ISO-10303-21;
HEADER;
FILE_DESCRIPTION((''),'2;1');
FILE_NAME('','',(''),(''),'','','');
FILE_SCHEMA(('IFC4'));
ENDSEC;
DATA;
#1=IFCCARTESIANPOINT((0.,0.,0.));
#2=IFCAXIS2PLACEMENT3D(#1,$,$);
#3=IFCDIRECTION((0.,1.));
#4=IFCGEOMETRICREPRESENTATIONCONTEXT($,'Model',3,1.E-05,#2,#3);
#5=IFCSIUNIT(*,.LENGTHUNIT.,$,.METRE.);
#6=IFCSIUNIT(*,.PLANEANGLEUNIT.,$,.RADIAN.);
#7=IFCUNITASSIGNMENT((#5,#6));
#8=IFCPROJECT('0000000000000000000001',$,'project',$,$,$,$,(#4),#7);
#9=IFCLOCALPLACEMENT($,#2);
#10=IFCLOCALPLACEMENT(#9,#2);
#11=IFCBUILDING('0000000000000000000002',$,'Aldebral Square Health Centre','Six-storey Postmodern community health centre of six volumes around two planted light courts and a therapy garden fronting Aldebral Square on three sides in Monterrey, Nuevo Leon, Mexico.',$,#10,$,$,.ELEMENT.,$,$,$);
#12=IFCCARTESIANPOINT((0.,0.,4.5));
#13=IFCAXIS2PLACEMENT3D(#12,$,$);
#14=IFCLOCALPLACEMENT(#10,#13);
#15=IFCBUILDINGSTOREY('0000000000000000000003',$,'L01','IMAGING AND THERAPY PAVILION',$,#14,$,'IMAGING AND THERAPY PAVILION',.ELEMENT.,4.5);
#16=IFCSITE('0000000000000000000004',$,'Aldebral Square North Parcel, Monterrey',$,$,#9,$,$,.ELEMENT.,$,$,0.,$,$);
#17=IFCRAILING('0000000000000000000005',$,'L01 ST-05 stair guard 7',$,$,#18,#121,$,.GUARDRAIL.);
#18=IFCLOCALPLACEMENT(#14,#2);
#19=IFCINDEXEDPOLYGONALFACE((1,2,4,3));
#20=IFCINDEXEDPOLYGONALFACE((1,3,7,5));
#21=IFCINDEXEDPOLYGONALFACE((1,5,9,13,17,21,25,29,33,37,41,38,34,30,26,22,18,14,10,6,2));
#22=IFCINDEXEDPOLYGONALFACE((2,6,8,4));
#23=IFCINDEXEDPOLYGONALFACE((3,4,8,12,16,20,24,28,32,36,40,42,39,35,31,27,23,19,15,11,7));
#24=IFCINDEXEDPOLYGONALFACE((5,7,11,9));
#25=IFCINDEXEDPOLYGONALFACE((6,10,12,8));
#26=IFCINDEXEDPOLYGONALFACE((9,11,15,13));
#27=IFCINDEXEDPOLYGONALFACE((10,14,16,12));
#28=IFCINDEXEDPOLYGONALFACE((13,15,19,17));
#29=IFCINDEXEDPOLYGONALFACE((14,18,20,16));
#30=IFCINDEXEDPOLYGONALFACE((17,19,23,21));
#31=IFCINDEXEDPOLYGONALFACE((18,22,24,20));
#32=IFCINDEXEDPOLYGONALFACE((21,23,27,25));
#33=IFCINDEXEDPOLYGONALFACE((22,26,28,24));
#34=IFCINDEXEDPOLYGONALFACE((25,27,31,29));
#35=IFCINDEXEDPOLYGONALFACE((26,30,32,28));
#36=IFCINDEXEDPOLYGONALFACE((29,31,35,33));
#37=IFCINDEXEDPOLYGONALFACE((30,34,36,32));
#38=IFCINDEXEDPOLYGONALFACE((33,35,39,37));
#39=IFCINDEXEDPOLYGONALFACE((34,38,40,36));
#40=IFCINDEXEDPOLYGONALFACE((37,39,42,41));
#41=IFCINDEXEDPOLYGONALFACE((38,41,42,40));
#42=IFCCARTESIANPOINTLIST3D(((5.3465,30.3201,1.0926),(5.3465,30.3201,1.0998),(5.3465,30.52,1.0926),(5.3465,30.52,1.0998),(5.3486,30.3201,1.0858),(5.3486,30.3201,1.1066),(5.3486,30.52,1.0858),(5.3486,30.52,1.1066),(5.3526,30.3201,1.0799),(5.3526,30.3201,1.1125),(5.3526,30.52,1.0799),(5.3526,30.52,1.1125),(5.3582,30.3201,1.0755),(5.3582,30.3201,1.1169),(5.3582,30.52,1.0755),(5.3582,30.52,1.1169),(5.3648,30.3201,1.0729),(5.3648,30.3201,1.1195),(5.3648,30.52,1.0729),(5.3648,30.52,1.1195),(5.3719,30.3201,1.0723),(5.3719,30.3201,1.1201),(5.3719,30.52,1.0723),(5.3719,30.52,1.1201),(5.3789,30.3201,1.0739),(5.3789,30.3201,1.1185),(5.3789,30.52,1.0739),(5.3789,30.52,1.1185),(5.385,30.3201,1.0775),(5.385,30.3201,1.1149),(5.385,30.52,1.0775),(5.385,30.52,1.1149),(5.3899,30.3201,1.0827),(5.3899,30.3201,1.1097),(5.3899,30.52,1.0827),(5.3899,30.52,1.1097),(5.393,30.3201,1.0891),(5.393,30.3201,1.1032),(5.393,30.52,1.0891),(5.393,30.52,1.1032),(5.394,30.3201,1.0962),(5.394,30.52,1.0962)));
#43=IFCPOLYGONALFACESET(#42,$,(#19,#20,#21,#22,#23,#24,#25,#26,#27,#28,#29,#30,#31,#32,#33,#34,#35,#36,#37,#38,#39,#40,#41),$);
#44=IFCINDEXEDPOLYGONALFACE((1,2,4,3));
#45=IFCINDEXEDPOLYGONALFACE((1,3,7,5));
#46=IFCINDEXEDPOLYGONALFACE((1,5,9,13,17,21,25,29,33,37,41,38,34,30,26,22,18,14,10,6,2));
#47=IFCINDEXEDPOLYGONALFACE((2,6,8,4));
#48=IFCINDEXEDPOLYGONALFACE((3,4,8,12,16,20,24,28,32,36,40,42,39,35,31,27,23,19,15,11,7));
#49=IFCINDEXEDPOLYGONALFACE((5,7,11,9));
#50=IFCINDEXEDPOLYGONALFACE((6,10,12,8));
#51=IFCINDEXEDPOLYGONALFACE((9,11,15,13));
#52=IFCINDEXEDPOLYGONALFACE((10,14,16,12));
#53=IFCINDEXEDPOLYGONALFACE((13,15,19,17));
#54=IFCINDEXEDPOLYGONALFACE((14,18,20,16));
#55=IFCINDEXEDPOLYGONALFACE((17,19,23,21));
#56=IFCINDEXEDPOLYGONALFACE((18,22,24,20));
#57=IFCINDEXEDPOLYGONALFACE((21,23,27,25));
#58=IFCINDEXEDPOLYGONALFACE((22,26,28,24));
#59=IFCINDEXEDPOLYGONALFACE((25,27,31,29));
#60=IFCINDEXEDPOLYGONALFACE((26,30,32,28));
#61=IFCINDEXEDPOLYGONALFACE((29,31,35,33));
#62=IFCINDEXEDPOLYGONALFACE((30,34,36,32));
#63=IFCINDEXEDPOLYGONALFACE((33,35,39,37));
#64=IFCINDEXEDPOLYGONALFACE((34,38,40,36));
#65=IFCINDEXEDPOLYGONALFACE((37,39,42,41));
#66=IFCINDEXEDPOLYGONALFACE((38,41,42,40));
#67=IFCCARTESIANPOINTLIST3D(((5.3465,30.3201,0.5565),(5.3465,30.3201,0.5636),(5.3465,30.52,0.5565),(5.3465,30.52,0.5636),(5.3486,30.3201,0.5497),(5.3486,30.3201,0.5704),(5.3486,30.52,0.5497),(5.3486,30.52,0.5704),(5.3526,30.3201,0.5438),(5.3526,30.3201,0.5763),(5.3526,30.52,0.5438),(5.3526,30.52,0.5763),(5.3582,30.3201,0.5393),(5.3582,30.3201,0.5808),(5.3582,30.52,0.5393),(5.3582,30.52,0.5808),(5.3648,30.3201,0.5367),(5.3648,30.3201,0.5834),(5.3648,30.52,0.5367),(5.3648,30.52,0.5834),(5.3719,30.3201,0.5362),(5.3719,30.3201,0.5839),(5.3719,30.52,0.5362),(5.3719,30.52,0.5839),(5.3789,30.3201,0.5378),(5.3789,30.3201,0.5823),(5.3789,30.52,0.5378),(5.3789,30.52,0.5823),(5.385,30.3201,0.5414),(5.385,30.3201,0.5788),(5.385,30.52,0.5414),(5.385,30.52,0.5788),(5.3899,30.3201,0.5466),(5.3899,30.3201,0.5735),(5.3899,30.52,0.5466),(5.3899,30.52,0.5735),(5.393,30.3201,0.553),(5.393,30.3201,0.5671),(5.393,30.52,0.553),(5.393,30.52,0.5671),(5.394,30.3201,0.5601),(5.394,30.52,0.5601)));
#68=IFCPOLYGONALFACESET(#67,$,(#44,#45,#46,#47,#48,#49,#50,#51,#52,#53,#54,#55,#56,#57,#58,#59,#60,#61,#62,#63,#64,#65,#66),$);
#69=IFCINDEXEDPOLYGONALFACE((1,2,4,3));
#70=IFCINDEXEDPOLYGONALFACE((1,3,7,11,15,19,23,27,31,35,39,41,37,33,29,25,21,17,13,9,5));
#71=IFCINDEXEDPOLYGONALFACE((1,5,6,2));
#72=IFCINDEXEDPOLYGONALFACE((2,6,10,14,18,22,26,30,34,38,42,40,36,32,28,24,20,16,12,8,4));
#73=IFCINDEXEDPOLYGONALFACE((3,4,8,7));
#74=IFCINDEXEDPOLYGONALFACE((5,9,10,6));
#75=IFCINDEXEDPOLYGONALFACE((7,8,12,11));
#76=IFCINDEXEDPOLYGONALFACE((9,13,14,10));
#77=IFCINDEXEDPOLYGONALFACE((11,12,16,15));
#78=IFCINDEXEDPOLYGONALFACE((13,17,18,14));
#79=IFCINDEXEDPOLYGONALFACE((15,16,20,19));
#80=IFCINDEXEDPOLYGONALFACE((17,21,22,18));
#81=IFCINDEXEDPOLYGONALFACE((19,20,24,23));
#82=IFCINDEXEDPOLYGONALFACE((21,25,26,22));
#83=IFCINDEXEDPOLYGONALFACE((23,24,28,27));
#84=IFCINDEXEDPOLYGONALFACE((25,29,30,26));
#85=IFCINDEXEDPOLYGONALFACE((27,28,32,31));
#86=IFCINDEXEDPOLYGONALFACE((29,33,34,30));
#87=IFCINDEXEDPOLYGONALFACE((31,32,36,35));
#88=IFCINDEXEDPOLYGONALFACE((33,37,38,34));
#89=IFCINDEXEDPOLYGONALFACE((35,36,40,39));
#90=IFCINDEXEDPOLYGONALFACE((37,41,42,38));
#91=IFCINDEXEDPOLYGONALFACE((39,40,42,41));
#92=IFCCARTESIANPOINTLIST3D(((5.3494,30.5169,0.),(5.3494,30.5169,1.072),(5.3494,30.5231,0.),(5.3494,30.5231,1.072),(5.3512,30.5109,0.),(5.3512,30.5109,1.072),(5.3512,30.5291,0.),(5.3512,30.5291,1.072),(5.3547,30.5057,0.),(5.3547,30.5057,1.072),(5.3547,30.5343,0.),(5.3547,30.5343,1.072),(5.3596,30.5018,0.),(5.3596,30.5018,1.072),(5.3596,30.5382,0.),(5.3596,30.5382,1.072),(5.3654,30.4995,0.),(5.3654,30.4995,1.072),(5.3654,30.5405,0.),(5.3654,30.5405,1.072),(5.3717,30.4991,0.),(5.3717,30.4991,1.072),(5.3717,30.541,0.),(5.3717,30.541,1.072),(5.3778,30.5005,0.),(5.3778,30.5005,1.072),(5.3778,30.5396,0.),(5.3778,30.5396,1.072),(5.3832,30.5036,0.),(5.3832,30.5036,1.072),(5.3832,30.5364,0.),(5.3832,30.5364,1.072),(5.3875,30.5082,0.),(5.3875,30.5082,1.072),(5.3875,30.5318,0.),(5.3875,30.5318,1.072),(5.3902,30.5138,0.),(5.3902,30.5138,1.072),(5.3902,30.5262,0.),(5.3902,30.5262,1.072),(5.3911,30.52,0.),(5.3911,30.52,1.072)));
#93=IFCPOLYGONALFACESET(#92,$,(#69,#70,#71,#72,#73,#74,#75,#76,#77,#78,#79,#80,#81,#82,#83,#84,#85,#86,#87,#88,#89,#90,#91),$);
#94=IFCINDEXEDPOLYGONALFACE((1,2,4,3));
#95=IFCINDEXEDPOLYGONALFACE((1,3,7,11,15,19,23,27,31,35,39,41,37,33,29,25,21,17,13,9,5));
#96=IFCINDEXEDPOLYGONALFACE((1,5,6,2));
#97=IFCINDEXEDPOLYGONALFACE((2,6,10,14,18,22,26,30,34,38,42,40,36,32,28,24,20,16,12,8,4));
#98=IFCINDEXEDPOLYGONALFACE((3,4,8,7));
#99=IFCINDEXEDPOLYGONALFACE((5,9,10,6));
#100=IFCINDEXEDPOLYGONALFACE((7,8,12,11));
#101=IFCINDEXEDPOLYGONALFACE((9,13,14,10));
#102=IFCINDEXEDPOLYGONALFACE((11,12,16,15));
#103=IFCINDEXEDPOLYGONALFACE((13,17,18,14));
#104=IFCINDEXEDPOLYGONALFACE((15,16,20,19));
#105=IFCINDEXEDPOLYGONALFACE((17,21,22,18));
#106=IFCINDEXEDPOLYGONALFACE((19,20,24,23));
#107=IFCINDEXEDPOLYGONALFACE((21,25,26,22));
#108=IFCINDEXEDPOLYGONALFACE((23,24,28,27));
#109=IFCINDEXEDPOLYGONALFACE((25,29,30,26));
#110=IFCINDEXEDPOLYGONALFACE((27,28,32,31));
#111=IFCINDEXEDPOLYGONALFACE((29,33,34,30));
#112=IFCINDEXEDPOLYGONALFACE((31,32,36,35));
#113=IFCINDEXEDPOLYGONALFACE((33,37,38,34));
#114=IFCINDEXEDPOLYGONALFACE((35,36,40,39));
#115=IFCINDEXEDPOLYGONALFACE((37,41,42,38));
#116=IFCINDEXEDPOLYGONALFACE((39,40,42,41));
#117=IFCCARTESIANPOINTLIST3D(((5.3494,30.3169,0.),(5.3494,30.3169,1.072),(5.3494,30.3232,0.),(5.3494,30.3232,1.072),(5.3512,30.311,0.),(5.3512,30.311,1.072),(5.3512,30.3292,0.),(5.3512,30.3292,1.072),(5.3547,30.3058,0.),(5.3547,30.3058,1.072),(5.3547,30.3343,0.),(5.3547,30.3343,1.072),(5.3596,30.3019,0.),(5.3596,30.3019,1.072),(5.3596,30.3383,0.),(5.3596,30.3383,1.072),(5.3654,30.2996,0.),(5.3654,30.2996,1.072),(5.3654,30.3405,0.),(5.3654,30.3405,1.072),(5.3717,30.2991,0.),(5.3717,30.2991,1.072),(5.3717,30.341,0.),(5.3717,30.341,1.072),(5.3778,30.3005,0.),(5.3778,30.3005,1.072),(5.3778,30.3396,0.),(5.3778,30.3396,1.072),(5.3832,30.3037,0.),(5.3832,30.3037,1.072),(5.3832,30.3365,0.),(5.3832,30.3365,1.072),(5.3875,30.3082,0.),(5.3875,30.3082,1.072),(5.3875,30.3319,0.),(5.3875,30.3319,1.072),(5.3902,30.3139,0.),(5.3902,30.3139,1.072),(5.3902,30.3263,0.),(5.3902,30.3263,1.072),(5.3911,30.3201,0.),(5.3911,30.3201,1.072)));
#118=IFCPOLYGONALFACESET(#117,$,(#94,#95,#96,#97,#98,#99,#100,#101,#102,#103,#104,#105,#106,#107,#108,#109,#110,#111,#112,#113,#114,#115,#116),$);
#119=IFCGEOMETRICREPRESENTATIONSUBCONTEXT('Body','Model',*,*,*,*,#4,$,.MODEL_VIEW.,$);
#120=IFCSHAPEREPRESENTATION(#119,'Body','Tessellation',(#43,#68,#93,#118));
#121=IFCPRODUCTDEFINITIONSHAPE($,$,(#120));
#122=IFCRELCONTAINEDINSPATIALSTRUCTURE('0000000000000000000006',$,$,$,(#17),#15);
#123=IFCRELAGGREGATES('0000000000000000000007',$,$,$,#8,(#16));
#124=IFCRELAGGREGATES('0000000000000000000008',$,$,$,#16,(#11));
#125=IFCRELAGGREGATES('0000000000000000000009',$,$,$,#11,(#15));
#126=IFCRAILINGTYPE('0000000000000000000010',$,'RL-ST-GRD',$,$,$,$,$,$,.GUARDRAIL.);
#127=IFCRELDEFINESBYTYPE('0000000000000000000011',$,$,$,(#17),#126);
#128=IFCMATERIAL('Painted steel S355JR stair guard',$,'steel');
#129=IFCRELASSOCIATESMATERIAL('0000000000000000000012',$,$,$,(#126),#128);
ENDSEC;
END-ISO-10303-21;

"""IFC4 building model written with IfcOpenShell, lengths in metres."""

from ifc_helpers import new_model, si_unit, direction, frame, origin, origin_2d, place, context, subcontext, project, spatial, circle, extrude, material, type_object, element, save


model = new_model("IFC4")

# Units and contexts
model_context = context("Model", 3, precision=1e-05, world=origin(), true_north=direction((0.0, 1.0)))
body_context = subcontext(model_context, "Body", "Model", "MODEL_VIEW")
ifc_project = project(units=[si_unit("LENGTHUNIT", "METRE"), si_unit("PLANEANGLEUNIT", "RADIAN")], contexts=[model_context])

# Site, building, storey
site_placement = place(None, origin())
site = spatial("IfcSite", under=ifc_project, at=site_placement, Name="Aldebral Square North Parcel, Monterrey", CompositionType="ELEMENT", RefElevation=0.0)
building_placement = place(site_placement, origin())
building = spatial("IfcBuilding", under=site, at=building_placement, Name="Aldebral Square Health Centre", Description="Six-storey Postmodern community health centre of six volumes around two planted light courts and a therapy garden fronting Aldebral Square on three sides in Monterrey, Nuevo Leon, Mexico.", CompositionType="ELEMENT")
storey_placement = place(building_placement, frame((0.0, 0.0, 4.5)))
storey = spatial("IfcBuildingStorey", under=building, at=storey_placement, Name="L01", Description="IMAGING AND THERAPY PAVILION", LongName="IMAGING AND THERAPY PAVILION", CompositionType="ELEMENT", Elevation=4.5)

# Railing
ifc_material_1 = material(Name="Painted steel S355JR stair guard", Category="steel")
railing_type_1 = type_object("IfcRailingType", Name="RL-ST-GRD", PredefinedType="GUARDRAIL", material=ifc_material_1)
railing_1_placement = place(storey_placement, frame((5.3701, 30.52, 0.0)))
element("IfcRailing", 1, at=railing_1_placement, inside=storey, type_object=railing_type_1, Name="L01 ST-05 stair guard 7", PredefinedType="GUARDRAIL", context=body_context, shape_type="SweptSolid", body=[
    extrude(circle(Radius=0.0239, at=origin_2d()), frame((0.0, 0.0, 1.0962), z_axis=(0.0, -1.0, 0.0), x_axis=(1.0, 0.0, 0.0)), (0.0, 0.0, 1.0), 0.2),
    extrude(circle(Radius=0.0239, at=origin_2d()), frame((0.0, 0.0, 0.5601), z_axis=(0.0, -1.0, 0.0), x_axis=(1.0, 0.0, 0.0)), (0.0, 0.0, 1.0), 0.2),
    extrude(circle(Radius=0.021, at=origin_2d()), origin(), (0.0, 0.0, 1.0), 1.072),
    extrude(circle(Radius=0.021, at=origin_2d()), frame((0.0, -0.2, 0.0)), (0.0, 0.0, 1.0), 1.072),
])

save(model, "model.ifc")
